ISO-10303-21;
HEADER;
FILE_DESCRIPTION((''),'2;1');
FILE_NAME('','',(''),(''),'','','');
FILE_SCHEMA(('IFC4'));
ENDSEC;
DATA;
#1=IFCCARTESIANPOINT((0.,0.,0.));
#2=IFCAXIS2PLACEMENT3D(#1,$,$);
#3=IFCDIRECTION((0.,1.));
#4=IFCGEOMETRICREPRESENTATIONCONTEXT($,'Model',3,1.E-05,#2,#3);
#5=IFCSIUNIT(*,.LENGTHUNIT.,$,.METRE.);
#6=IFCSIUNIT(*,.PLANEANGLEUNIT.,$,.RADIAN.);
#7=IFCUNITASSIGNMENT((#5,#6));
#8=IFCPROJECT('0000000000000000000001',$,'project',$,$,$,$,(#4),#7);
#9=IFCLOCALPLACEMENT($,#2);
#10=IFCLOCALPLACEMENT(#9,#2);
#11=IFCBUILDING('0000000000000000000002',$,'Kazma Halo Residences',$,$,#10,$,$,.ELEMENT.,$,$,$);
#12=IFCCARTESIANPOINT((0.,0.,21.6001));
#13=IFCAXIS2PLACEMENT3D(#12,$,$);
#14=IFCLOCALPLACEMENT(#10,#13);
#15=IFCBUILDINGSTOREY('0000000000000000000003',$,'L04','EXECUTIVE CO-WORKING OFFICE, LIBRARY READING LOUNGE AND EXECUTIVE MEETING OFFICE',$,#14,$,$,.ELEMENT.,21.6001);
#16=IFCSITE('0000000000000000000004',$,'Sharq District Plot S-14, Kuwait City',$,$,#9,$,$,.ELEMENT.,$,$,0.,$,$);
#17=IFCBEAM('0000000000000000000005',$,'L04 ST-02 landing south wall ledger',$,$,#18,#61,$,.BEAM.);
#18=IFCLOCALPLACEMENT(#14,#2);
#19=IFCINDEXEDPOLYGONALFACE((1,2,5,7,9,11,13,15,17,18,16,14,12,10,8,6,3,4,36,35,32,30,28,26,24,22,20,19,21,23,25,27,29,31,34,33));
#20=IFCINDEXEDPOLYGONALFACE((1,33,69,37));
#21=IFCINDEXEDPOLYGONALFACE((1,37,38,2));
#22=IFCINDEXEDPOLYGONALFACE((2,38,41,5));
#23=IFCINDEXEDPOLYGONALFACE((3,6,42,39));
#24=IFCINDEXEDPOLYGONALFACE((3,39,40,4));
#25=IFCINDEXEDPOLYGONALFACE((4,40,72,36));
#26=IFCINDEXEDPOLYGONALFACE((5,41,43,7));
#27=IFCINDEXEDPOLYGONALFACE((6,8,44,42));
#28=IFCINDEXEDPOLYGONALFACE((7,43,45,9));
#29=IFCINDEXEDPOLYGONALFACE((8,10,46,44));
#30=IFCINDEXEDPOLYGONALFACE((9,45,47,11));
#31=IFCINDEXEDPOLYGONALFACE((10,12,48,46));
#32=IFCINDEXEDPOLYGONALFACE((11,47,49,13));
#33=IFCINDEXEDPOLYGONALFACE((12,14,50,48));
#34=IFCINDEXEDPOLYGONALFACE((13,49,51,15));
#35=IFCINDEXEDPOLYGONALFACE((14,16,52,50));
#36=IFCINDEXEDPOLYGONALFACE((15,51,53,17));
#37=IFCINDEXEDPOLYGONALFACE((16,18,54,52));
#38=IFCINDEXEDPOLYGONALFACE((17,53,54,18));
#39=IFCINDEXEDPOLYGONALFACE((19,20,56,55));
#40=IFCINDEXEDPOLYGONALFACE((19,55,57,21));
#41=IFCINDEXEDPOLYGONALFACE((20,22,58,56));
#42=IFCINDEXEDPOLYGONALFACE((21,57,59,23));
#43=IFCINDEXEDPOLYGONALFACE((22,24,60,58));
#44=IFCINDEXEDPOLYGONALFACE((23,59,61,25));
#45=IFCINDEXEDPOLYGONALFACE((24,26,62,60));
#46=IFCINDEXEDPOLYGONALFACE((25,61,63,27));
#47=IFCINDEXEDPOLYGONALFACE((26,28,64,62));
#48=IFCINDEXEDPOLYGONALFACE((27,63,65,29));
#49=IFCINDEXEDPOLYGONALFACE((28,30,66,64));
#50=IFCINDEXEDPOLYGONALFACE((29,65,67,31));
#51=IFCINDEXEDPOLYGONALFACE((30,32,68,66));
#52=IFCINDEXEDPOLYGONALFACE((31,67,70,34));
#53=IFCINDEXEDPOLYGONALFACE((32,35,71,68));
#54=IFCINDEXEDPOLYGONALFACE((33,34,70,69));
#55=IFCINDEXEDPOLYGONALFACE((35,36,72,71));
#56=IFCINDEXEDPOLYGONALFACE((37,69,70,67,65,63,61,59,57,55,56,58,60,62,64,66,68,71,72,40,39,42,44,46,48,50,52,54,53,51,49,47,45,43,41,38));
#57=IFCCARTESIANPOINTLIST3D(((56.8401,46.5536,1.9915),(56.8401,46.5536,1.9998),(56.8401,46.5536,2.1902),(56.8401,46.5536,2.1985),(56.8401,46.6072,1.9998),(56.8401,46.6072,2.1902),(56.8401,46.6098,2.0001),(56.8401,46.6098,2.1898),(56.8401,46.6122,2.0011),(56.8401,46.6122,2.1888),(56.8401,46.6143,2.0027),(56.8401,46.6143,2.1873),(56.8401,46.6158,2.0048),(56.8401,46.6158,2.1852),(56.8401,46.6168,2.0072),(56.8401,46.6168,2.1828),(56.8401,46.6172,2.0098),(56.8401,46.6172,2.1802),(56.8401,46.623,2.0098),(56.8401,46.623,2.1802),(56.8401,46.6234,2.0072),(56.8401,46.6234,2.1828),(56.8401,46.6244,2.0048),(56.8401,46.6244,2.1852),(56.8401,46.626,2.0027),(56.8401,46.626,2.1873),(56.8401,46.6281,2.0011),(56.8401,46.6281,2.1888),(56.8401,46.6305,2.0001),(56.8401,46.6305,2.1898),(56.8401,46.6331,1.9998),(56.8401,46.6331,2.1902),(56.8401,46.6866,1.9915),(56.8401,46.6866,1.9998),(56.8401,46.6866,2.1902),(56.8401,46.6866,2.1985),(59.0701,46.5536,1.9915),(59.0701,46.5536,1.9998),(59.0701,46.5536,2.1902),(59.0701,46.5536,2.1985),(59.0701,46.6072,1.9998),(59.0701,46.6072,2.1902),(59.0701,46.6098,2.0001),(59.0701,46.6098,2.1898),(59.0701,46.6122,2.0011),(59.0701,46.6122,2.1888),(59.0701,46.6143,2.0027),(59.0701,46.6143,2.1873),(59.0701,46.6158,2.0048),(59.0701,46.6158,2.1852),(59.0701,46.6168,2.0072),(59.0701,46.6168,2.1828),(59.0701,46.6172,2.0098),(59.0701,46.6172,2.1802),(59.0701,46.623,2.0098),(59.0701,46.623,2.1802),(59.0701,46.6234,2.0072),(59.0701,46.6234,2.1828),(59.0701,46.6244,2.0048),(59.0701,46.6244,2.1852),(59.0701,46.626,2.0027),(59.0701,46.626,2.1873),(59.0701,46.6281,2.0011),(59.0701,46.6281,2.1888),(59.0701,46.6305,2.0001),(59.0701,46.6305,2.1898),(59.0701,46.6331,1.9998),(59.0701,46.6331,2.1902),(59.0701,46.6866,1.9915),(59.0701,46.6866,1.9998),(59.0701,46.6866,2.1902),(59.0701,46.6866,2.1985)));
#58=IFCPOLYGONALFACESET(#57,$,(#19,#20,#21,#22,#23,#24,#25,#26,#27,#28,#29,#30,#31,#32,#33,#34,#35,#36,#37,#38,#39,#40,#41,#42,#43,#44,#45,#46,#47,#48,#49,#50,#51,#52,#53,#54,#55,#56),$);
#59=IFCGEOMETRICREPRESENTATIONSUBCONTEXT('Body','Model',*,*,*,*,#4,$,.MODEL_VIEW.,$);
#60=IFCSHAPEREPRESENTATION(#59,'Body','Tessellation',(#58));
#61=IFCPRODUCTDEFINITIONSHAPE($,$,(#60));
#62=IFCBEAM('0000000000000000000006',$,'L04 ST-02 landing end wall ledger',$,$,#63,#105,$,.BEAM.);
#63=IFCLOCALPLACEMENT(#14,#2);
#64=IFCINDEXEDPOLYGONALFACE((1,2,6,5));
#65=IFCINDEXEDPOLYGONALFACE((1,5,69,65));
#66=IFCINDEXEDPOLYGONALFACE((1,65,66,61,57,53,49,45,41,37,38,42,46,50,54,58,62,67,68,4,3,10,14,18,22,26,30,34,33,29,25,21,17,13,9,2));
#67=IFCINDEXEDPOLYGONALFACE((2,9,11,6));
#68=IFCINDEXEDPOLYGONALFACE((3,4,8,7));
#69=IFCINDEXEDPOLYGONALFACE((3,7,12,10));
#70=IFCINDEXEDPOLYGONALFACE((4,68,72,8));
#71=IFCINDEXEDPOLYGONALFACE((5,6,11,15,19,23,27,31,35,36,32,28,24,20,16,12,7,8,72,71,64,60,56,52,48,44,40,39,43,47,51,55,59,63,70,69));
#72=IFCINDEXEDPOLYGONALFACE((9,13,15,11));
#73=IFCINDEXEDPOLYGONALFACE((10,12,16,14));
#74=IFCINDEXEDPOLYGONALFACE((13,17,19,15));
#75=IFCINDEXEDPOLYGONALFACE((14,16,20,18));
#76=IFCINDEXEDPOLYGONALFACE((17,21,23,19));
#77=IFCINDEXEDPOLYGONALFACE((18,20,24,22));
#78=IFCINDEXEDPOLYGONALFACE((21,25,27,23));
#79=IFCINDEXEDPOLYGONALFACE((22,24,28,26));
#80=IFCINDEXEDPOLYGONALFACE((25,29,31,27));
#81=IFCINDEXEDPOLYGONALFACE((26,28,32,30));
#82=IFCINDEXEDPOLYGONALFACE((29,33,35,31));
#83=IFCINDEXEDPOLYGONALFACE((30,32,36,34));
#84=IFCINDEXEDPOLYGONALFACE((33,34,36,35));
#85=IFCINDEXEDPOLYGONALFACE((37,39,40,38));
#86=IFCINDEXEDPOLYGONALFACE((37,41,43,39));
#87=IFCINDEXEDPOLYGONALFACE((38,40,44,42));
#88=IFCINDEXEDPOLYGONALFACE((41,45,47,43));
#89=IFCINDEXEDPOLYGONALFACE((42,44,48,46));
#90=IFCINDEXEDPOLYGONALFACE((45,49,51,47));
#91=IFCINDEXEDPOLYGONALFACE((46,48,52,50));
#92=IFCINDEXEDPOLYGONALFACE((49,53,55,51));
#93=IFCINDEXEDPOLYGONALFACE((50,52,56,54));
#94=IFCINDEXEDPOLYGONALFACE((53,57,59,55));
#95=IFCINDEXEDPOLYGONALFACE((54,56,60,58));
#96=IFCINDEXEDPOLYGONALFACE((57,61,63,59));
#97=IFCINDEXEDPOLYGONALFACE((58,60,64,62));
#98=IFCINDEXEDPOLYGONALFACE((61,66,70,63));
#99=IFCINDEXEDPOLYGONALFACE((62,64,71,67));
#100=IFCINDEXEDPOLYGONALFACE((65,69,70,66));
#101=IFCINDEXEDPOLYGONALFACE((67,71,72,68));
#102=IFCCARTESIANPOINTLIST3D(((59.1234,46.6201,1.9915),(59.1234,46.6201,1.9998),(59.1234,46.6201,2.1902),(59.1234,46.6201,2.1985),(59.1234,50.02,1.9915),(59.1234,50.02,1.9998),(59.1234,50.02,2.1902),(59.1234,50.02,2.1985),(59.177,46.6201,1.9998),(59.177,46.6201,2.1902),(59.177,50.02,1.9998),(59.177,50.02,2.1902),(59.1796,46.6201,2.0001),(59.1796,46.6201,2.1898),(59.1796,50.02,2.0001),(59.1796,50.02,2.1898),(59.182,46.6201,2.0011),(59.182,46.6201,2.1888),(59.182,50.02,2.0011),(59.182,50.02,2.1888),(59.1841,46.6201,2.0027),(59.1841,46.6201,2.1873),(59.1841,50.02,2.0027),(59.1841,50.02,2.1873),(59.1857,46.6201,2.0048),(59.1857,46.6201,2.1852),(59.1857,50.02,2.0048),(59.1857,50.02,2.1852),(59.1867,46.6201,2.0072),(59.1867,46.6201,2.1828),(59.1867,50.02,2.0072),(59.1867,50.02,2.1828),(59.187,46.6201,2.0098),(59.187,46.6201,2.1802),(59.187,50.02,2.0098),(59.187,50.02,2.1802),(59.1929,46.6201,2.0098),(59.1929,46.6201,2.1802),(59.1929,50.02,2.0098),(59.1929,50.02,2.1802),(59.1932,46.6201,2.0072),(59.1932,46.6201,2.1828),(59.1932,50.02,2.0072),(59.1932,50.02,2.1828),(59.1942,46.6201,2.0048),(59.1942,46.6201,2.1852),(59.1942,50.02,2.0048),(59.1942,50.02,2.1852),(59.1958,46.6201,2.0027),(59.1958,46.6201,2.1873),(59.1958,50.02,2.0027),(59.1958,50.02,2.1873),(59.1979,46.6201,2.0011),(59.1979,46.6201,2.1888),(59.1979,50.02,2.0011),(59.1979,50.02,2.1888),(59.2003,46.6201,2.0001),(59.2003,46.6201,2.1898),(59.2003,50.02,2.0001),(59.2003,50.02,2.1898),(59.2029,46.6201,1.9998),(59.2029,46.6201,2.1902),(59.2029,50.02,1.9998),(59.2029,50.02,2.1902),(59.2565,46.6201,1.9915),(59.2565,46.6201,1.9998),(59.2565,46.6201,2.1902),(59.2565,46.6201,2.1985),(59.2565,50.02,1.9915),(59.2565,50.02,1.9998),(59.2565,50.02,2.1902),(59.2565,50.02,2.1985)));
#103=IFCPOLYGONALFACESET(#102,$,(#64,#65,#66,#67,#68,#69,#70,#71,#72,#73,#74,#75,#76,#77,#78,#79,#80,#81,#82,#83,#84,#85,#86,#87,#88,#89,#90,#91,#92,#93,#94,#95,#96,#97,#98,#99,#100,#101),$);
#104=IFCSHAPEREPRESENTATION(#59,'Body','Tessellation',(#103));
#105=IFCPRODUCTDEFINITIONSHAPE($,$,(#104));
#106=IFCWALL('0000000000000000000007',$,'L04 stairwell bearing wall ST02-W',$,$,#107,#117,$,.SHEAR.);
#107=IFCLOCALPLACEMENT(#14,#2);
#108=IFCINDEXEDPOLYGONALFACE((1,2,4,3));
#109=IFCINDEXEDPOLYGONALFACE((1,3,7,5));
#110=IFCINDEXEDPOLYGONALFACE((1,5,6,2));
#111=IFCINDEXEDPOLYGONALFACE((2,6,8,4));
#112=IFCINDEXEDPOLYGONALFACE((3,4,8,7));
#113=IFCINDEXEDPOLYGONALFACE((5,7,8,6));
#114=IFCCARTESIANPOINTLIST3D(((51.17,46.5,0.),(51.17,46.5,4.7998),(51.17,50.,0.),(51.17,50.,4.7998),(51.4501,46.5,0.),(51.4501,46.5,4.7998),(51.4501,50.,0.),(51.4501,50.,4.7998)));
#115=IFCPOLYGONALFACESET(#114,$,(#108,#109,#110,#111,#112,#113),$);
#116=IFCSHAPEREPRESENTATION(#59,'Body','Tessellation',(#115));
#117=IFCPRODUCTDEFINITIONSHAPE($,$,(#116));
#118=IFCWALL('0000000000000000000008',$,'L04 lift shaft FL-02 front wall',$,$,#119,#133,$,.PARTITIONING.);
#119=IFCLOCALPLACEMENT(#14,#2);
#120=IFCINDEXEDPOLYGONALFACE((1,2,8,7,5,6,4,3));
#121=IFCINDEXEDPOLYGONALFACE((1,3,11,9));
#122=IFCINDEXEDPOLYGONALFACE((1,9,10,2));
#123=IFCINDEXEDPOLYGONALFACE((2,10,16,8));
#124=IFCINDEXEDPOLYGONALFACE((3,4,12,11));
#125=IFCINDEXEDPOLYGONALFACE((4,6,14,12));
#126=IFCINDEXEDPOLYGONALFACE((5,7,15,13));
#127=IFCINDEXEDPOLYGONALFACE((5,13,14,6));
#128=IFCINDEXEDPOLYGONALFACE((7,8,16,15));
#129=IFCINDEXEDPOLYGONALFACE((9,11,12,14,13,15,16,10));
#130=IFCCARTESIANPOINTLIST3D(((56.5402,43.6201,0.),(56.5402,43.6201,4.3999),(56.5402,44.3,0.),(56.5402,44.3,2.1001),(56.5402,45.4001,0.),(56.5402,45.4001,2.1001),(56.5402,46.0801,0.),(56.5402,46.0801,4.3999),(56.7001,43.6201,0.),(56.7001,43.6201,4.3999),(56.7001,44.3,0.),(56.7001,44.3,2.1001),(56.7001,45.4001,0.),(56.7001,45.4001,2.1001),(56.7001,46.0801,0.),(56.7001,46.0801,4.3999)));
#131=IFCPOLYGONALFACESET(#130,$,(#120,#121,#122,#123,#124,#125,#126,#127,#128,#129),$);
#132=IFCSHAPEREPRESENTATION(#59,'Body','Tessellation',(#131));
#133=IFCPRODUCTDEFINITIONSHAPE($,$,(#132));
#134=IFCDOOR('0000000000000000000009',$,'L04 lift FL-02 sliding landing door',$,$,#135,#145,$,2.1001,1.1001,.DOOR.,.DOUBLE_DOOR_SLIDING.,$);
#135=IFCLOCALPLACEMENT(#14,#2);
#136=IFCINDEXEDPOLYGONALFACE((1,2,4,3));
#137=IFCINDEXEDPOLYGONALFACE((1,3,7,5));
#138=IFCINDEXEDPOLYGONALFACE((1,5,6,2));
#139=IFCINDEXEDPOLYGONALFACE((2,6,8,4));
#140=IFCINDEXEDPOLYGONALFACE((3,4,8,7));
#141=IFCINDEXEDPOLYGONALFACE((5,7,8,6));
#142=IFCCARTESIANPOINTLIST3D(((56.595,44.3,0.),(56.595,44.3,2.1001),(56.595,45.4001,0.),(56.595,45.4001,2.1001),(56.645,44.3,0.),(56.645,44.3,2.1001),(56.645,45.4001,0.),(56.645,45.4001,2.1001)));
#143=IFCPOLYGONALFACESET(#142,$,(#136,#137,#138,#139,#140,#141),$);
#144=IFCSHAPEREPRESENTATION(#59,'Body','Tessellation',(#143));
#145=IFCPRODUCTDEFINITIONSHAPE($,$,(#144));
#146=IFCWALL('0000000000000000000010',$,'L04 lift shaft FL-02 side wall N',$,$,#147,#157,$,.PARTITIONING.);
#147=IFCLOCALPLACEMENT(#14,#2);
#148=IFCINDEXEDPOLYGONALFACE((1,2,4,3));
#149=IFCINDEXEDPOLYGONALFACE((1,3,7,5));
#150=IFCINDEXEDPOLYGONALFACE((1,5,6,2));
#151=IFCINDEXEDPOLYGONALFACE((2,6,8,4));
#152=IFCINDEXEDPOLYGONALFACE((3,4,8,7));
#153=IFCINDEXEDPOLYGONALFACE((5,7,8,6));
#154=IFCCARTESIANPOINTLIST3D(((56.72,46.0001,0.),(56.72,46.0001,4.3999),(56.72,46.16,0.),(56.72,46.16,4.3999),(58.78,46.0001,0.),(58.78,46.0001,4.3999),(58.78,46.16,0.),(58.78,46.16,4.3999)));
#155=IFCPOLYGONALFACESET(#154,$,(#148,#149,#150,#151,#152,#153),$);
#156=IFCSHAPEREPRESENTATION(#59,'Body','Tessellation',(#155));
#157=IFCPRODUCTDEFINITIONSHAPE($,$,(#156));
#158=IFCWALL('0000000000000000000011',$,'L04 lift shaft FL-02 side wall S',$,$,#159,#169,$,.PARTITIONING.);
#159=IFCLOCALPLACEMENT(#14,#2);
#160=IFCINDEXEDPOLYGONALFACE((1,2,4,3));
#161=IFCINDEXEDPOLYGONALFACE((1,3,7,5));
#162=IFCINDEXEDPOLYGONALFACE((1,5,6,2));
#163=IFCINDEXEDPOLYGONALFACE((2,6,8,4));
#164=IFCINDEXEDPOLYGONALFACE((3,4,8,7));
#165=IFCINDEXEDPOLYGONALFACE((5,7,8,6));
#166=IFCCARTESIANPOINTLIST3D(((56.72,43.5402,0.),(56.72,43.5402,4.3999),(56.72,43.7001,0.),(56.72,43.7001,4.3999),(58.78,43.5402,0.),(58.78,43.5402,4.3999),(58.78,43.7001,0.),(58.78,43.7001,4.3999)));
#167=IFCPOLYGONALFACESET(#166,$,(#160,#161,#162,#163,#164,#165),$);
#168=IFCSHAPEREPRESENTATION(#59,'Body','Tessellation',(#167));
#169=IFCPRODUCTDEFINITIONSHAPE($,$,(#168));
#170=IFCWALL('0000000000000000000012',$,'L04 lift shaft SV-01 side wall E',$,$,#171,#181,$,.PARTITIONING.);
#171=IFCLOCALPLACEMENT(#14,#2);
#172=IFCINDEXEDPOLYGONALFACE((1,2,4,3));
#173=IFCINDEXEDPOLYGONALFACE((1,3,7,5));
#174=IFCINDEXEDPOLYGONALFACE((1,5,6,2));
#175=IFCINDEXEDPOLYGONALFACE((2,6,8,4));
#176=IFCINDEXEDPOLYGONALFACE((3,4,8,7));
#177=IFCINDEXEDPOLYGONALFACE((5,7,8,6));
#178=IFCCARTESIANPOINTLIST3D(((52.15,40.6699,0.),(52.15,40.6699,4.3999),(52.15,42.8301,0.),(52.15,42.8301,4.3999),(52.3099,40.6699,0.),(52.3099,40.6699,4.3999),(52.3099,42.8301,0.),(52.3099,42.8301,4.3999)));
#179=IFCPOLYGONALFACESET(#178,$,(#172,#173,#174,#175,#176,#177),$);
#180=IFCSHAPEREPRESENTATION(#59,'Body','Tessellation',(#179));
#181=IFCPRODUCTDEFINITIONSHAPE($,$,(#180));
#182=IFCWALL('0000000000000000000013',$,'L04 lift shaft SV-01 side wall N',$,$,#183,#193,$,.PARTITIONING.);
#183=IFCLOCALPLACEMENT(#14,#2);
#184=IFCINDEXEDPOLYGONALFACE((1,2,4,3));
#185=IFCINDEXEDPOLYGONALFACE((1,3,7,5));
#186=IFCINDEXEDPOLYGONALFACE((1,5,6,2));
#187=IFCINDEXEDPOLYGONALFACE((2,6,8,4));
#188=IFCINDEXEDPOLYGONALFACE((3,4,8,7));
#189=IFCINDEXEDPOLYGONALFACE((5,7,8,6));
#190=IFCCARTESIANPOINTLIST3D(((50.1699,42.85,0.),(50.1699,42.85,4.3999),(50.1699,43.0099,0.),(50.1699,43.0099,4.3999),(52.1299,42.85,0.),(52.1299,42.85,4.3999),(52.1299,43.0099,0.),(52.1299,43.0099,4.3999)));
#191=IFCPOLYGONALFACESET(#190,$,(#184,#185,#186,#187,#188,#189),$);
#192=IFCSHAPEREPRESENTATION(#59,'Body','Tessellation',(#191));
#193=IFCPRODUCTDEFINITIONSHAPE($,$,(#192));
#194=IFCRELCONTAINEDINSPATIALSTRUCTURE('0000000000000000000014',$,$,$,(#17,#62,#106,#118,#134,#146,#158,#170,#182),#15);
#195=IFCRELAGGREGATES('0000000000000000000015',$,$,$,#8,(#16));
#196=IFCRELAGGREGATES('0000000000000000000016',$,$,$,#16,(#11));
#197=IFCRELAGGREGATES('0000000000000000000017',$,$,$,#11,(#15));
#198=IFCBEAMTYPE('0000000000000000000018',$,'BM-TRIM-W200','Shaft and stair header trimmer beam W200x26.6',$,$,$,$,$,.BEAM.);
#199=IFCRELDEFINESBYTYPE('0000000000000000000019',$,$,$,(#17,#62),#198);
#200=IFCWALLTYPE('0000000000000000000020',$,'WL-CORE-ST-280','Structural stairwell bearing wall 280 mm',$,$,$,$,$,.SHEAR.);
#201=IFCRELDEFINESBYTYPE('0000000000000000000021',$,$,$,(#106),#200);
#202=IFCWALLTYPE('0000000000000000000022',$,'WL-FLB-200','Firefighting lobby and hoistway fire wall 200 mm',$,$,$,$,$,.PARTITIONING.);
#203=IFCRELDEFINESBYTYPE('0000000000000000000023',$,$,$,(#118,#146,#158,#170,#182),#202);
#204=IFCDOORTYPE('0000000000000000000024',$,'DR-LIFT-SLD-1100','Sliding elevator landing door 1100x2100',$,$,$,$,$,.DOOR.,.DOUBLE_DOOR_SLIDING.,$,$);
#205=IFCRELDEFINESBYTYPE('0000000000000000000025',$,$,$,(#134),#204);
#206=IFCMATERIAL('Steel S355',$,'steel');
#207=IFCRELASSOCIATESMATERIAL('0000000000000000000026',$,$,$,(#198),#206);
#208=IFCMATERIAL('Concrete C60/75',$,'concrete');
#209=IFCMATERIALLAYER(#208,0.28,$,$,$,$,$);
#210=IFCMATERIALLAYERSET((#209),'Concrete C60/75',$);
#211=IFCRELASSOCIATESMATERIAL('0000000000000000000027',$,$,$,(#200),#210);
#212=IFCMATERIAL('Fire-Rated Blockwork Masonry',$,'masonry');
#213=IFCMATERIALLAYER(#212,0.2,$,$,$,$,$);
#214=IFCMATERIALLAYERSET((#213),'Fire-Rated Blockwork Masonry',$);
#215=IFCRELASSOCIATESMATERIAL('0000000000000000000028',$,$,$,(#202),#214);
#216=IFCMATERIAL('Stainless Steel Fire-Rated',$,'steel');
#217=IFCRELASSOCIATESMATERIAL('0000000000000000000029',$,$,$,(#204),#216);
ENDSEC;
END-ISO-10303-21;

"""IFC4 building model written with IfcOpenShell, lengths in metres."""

from ifc_helpers import new_model, si_unit, direction, frame, frame_2d, origin, origin_2d, place, context, subcontext, project, spatial, rectangle, i_section, extrude, material, layer, layer_set, material_profile, profile_set, type_object, element, fill, save


model = new_model("IFC4")

# Units and contexts
model_context = context("Model", 3, precision=1e-05, world=origin(), true_north=direction((0.0, 1.0)))
body_context = subcontext(model_context, "Body", "Model", "MODEL_VIEW")
ifc_project = project(units=[si_unit("LENGTHUNIT", "METRE"), si_unit("PLANEANGLEUNIT", "RADIAN")], contexts=[model_context])

# Site, building, storey
site_placement = place(None, origin())
site = spatial("IfcSite", under=ifc_project, at=site_placement, Name="Sharq District Plot S-14, Kuwait City", CompositionType="ELEMENT", RefElevation=0.0)
building_placement = place(site_placement, origin())
building = spatial("IfcBuilding", under=site, at=building_placement, Name="Kazma Halo Residences", CompositionType="ELEMENT")
storey_placement = place(building_placement, frame((0.0, 0.0, 21.6001)))
storey = spatial("IfcBuildingStorey", under=building, at=storey_placement, Name="L04", Description="EXECUTIVE CO-WORKING OFFICE, LIBRARY READING LOUNGE AND EXECUTIVE MEETING OFFICE", CompositionType="ELEMENT", Elevation=21.6001)

# Shared definitions
ifc_material_1 = material(Name="Steel S355", Category="steel")

# Beams
ifc_material_profile_1 = material_profile(ifc_material_1, i_section(OverallWidth=0.1331, OverallDepth=0.207, WebThickness=0.0059, FlangeThickness=0.0083, FilletRadius=0.01, at=origin_2d()), Name="W200x26.6")
ifc_profile_set_1 = profile_set([ifc_material_profile_1], Name="Steel S355")
beam_type_1 = type_object("IfcBeamType", Name="BM-TRIM-W200", Description="Shaft and stair header trimmer beam W200x26.6", PredefinedType="BEAM", material=ifc_profile_set_1)
beam_1_placement = place(storey_placement, frame((56.8401, 46.6201, 2.095), z_axis=(1.0, 0.0, 0.0), x_axis=(0.0, 1.0, 0.0)))
element("IfcBeam", 1, at=beam_1_placement, inside=storey, type_object=beam_type_1, Name="L04 ST-02 landing south wall ledger", PredefinedType="BEAM", context=body_context, shape_type="SweptSolid", body=[
    extrude(i_section(OverallWidth=0.1331, OverallDepth=0.207, WebThickness=0.0059, FlangeThickness=0.0083, FilletRadius=0.01, at=origin_2d()), origin(), (0.0, 0.0, 1.0), 2.23),
])
beam_2_placement = place(storey_placement, frame((59.1899, 46.6201, 2.095), z_axis=(0.0, 1.0, 0.0), x_axis=(-1.0, 0.0, 0.0)))
element("IfcBeam", 2, at=beam_2_placement, inside=storey, type_object=beam_type_1, Name="L04 ST-02 landing end wall ledger", PredefinedType="BEAM", context=body_context, shape_type="SweptSolid", body=[
    extrude(i_section(OverallWidth=0.1331, OverallDepth=0.207, WebThickness=0.0059, FlangeThickness=0.0083, FilletRadius=0.01, at=origin_2d()), origin(), (0.0, 0.0, 1.0), 3.3999),
])

# Wall
ifc_material_2 = material(Name="Concrete C60/75", Category="concrete")
ifc_layer_1 = layer(ifc_material_2, 0.28)
ifc_layer_set_1 = layer_set([ifc_layer_1], Name="Concrete C60/75")
wall_type_1 = type_object("IfcWallType", Name="WL-CORE-ST-280", Description="Structural stairwell bearing wall 280 mm", PredefinedType="SHEAR", material=ifc_layer_set_1)
wall_1_placement = place(storey_placement, frame((51.3101, 46.5, 0.0), z_axis=(0.0, 0.0, 1.0), x_axis=(0.0, 1.0, 0.0)))
element("IfcWall", 3, at=wall_1_placement, inside=storey, type_object=wall_type_1, Name="L04 stairwell bearing wall ST02-W", PredefinedType="SHEAR", context=body_context, shape_type="SweptSolid", body=[
    extrude(rectangle(XDim=3.5, YDim=0.28, at=frame_2d((1.75, 0.0))), origin(), (0.0, 0.0, 1.0), 4.7998),
])

# Wall, opening, door
ifc_material_3 = material(Name="Fire-Rated Blockwork Masonry", Category="masonry")
ifc_layer_2 = layer(ifc_material_3, 0.2)
ifc_layer_set_2 = layer_set([ifc_layer_2], Name="Fire-Rated Blockwork Masonry")
wall_type_2 = type_object("IfcWallType", Name="WL-FLB-200", Description="Firefighting lobby and hoistway fire wall 200 mm", PredefinedType="PARTITIONING", material=ifc_layer_set_2)
wall_2_placement = place(storey_placement, frame((56.6201, 46.0801, 0.0), z_axis=(0.0, 0.0, 1.0), x_axis=(0.0, -1.0, 0.0)))
wall_2 = element("IfcWall", 4, at=wall_2_placement, inside=storey, type_object=wall_type_2, Name="L04 lift shaft FL-02 front wall", PredefinedType="PARTITIONING", context=body_context, shape_type="SweptSolid", body=[
    extrude(rectangle(XDim=2.46, YDim=0.1599, at=frame_2d((1.23, 0.0))), origin(), (0.0, 0.0, 1.0), 4.3999),
])
opening_1_placement = place(wall_2_placement, frame((0.6799, 0.0, 0.0)))
opening_1 = element("IfcOpeningElement", 5, at=opening_1_placement, cuts=wall_2, PredefinedType="OPENING", context=body_context, shape_type="SweptSolid", body=[
    extrude(rectangle(XDim=1.1001, YDim=2.1001, at=frame_2d((0.55, 1.05))), frame((0.0, 0.0898, 0.0), z_axis=(0.0, -1.0, 0.0), x_axis=(1.0, 0.0, 0.0)), (0.0, 0.0, 1.0), 0.1799),
])
ifc_material_4 = material(Name="Stainless Steel Fire-Rated", Category="steel")
door_type_1 = type_object("IfcDoorType", Name="DR-LIFT-SLD-1100", Description="Sliding elevator landing door 1100x2100", OperationType="DOUBLE_DOOR_SLIDING", PredefinedType="DOOR", material=ifc_material_4)
door_1_placement = place(opening_1_placement, origin())
door_1 = element("IfcDoor", 6, at=door_1_placement, inside=storey, type_object=door_type_1, Name="L04 lift FL-02 sliding landing door", OperationType="DOUBLE_DOOR_SLIDING", OverallHeight=2.1001, OverallWidth=1.1001, PredefinedType="DOOR", context=body_context, shape_type="SweptSolid", body=[
    extrude(rectangle(XDim=1.1001, YDim=2.1001, at=frame_2d((0.55, 1.05))), frame((0.0, 0.0249, 0.0), z_axis=(0.0, -1.0, 0.0), x_axis=(1.0, 0.0, 0.0)), (0.0, 0.0, 1.0), 0.05),
])
fill(opening_1, door_1)

# Walls
for number, where, z_axis, x_axis, name in (
    (7, (56.72, 46.0801, 0.0), (0.0, 0.0, 1.0), (1.0, 0.0, 0.0), "L04 lift shaft FL-02 side wall N"),
    (8, (56.72, 43.6201, 0.0), (0.0, 0.0, 1.0), (1.0, 0.0, 0.0), "L04 lift shaft FL-02 side wall S"),
):
    element("IfcWall", number, at=place(storey_placement, frame(where, z_axis=z_axis, x_axis=x_axis)), inside=storey, type_object=wall_type_2, Name=name, PredefinedType="PARTITIONING", context=body_context, shape_type="SweptSolid", body=[
        extrude(rectangle(XDim=2.0601, YDim=0.1599, at=frame_2d((1.03, 0.0))), origin(), (0.0, 0.0, 1.0), 4.3999),
    ])
wall_3_placement = place(storey_placement, frame((52.23, 40.6699, 0.0), z_axis=(0.0, 0.0, 1.0), x_axis=(0.0, 1.0, 0.0)))
element("IfcWall", 9, at=wall_3_placement, inside=storey, type_object=wall_type_2, Name="L04 lift shaft SV-01 side wall E", PredefinedType="PARTITIONING", context=body_context, shape_type="SweptSolid", body=[
    extrude(rectangle(XDim=2.1602, YDim=0.1599, at=frame_2d((1.0801, 0.0))), origin(), (0.0, 0.0, 1.0), 4.3999),
])
wall_4_placement = place(storey_placement, frame((50.1699, 42.9299, 0.0), z_axis=(0.0, 0.0, 1.0), x_axis=(1.0, 0.0, 0.0)))
element("IfcWall", 10, at=wall_4_placement, inside=storey, type_object=wall_type_2, Name="L04 lift shaft SV-01 side wall N", PredefinedType="PARTITIONING", context=body_context, shape_type="SweptSolid", body=[
    extrude(rectangle(XDim=1.96, YDim=0.1599, at=frame_2d((0.98, 0.0))), origin(), (0.0, 0.0, 1.0), 4.3999),
])

save(model, "model.ifc")
